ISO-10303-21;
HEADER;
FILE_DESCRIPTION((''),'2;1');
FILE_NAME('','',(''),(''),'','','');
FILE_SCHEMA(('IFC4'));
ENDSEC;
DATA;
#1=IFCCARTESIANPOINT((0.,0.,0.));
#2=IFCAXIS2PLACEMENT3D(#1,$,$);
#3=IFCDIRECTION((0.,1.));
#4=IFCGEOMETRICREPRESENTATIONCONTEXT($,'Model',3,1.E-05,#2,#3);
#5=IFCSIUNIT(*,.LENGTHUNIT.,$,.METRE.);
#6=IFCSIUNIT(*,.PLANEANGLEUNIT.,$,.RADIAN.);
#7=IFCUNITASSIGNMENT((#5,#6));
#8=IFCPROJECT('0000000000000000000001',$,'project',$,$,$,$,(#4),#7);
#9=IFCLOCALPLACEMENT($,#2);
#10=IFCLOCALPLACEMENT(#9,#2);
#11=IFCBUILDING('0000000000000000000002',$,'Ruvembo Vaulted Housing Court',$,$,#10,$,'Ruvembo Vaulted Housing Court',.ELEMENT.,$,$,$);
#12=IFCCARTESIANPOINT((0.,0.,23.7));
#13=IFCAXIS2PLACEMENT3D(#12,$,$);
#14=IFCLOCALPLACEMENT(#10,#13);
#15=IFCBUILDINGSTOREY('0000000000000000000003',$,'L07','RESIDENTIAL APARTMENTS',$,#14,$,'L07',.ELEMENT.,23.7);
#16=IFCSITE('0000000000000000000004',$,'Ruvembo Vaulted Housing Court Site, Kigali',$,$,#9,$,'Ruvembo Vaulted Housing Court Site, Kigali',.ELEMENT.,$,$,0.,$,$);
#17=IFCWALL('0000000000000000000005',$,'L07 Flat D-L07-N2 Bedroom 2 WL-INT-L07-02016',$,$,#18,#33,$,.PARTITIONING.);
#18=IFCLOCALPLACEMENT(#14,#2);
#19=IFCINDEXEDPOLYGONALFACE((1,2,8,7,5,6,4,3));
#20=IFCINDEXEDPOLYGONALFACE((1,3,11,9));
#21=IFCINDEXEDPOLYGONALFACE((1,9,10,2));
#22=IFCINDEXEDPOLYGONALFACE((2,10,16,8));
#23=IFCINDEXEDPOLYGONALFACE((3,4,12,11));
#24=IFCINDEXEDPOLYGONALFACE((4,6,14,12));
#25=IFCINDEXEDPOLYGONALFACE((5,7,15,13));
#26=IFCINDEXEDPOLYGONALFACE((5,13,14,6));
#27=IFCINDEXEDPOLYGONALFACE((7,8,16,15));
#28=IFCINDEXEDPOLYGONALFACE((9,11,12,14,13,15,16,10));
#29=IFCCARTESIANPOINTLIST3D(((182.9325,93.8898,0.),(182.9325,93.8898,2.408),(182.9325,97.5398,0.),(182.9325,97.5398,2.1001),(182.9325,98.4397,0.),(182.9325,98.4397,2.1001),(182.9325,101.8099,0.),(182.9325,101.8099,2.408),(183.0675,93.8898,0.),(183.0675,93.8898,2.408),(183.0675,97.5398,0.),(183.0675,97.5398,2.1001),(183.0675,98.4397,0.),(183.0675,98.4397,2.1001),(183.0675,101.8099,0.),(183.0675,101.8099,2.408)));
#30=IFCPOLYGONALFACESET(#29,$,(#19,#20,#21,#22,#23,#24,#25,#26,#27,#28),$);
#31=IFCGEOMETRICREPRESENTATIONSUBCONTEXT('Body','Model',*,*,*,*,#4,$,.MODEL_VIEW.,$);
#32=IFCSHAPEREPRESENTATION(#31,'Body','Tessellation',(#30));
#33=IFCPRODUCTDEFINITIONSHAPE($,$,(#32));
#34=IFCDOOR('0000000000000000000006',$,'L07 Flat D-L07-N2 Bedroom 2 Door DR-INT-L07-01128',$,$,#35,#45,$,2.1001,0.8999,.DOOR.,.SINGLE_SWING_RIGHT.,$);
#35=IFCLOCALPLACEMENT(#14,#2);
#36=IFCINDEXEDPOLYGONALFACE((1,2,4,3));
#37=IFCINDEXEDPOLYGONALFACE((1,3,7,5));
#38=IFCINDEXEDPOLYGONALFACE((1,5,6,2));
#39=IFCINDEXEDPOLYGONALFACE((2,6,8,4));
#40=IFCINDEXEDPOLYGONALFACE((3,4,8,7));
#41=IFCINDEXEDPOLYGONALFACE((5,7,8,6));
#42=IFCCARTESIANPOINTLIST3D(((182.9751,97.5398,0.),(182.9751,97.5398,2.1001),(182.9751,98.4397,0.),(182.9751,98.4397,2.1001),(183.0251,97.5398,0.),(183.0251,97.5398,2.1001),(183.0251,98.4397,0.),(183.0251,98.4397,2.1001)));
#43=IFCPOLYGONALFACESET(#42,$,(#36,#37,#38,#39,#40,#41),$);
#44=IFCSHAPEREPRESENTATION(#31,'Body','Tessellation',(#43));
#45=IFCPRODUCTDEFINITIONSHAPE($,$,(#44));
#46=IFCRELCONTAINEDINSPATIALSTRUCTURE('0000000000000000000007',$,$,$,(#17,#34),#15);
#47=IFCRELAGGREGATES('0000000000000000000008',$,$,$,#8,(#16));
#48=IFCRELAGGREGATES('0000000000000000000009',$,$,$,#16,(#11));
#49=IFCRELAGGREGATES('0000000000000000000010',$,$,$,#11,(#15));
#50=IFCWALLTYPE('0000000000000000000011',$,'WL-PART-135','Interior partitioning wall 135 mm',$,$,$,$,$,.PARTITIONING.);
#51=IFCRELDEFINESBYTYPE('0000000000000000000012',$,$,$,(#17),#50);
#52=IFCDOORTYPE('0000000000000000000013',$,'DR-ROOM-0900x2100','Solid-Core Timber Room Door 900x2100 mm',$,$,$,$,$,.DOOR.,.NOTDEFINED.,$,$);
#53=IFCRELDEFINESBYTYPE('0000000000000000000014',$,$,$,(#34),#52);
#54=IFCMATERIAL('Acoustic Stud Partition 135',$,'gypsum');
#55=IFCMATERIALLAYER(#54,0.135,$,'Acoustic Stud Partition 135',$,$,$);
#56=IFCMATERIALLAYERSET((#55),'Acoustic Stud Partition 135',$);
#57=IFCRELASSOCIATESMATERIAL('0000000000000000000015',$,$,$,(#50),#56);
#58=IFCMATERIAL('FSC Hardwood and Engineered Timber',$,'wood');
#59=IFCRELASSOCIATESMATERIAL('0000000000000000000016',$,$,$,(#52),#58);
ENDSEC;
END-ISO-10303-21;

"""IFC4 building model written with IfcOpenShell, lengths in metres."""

from ifc_helpers import new_model, si_unit, direction, frame, frame_2d, origin, place, context, subcontext, project, spatial, rectangle, extrude, material, layer, layer_set, type_object, element, fill, save


model = new_model("IFC4")

# Units and contexts
model_context = context("Model", 3, precision=1e-05, world=origin(), true_north=direction((0.0, 1.0)))
body_context = subcontext(model_context, "Body", "Model", "MODEL_VIEW")
ifc_project = project(units=[si_unit("LENGTHUNIT", "METRE"), si_unit("PLANEANGLEUNIT", "RADIAN")], contexts=[model_context])

# Site, building, storey
site_placement = place(None, origin())
site = spatial("IfcSite", under=ifc_project, at=site_placement, Name="Ruvembo Vaulted Housing Court Site, Kigali", LongName="Ruvembo Vaulted Housing Court Site, Kigali", CompositionType="ELEMENT", RefElevation=0.0)
building_placement = place(site_placement, origin())
building = spatial("IfcBuilding", under=site, at=building_placement, Name="Ruvembo Vaulted Housing Court", LongName="Ruvembo Vaulted Housing Court", CompositionType="ELEMENT")
storey_placement = place(building_placement, frame((0.0, 0.0, 23.7)))
storey = spatial("IfcBuildingStorey", under=building, at=storey_placement, Name="L07", Description="RESIDENTIAL APARTMENTS", LongName="L07", CompositionType="ELEMENT", Elevation=23.7)

# Wall, opening, door
ifc_material_1 = material(Name="Acoustic Stud Partition 135", Category="gypsum")
ifc_layer_1 = layer(ifc_material_1, 0.135, Name="Acoustic Stud Partition 135")
ifc_layer_set_1 = layer_set([ifc_layer_1], Name="Acoustic Stud Partition 135")
wall_type_1 = type_object("IfcWallType", Name="WL-PART-135", Description="Interior partitioning wall 135 mm", PredefinedType="PARTITIONING", material=ifc_layer_set_1)
wall_1_placement = place(storey_placement, frame((183.0, 93.8899, 0.0), z_axis=(0.0, 0.0, 1.0), x_axis=(0.0, 1.0, 0.0)))
wall_1 = element("IfcWall", 1, at=wall_1_placement, inside=storey, type_object=wall_type_1, Name="L07 Flat D-L07-N2 Bedroom 2 WL-INT-L07-02016", PredefinedType="PARTITIONING", context=body_context, shape_type="SweptSolid", body=[
    extrude(rectangle(XDim=7.9202, YDim=0.135, at=frame_2d((3.96, 0.0))), origin(), (0.0, 0.0, 1.0), 2.408),
])
opening_1_placement = place(wall_1_placement, frame((3.6499, 0.0, 0.0)))
opening_1 = element("IfcOpeningElement", 2, at=opening_1_placement, cuts=wall_1, PredefinedType="OPENING", context=body_context, shape_type="SweptSolid", body=[
    extrude(rectangle(XDim=0.8999, YDim=2.1001, at=frame_2d((0.45, 1.05))), frame((0.0, 0.0774, 0.0), z_axis=(0.0, -1.0, 0.0), x_axis=(1.0, 0.0, 0.0)), (0.0, 0.0, 1.0), 0.155),
])
ifc_material_2 = material(Name="FSC Hardwood and Engineered Timber", Category="wood")
door_type = type_object("IfcDoorType", Name="DR-ROOM-0900x2100", Description="Solid-Core Timber Room Door 900x2100 mm", OperationType="NOTDEFINED", PredefinedType="DOOR", material=ifc_material_2)
door_placement = place(opening_1_placement, origin())
door = element("IfcDoor", 3, at=door_placement, inside=storey, type_object=door_type, Name="L07 Flat D-L07-N2 Bedroom 2 Door DR-INT-L07-01128", OperationType="SINGLE_SWING_RIGHT", OverallHeight=2.1001, OverallWidth=0.8999, PredefinedType="DOOR", context=body_context, shape_type="SweptSolid", body=[
    extrude(rectangle(XDim=0.8999, YDim=2.1001, at=frame_2d((0.45, 1.05))), frame((0.0, 0.0249, 0.0), z_axis=(0.0, -1.0, 0.0), x_axis=(1.0, 0.0, 0.0)), (0.0, 0.0, 1.0), 0.05),
])
fill(opening_1, door)

save(model, "model.ifc")
